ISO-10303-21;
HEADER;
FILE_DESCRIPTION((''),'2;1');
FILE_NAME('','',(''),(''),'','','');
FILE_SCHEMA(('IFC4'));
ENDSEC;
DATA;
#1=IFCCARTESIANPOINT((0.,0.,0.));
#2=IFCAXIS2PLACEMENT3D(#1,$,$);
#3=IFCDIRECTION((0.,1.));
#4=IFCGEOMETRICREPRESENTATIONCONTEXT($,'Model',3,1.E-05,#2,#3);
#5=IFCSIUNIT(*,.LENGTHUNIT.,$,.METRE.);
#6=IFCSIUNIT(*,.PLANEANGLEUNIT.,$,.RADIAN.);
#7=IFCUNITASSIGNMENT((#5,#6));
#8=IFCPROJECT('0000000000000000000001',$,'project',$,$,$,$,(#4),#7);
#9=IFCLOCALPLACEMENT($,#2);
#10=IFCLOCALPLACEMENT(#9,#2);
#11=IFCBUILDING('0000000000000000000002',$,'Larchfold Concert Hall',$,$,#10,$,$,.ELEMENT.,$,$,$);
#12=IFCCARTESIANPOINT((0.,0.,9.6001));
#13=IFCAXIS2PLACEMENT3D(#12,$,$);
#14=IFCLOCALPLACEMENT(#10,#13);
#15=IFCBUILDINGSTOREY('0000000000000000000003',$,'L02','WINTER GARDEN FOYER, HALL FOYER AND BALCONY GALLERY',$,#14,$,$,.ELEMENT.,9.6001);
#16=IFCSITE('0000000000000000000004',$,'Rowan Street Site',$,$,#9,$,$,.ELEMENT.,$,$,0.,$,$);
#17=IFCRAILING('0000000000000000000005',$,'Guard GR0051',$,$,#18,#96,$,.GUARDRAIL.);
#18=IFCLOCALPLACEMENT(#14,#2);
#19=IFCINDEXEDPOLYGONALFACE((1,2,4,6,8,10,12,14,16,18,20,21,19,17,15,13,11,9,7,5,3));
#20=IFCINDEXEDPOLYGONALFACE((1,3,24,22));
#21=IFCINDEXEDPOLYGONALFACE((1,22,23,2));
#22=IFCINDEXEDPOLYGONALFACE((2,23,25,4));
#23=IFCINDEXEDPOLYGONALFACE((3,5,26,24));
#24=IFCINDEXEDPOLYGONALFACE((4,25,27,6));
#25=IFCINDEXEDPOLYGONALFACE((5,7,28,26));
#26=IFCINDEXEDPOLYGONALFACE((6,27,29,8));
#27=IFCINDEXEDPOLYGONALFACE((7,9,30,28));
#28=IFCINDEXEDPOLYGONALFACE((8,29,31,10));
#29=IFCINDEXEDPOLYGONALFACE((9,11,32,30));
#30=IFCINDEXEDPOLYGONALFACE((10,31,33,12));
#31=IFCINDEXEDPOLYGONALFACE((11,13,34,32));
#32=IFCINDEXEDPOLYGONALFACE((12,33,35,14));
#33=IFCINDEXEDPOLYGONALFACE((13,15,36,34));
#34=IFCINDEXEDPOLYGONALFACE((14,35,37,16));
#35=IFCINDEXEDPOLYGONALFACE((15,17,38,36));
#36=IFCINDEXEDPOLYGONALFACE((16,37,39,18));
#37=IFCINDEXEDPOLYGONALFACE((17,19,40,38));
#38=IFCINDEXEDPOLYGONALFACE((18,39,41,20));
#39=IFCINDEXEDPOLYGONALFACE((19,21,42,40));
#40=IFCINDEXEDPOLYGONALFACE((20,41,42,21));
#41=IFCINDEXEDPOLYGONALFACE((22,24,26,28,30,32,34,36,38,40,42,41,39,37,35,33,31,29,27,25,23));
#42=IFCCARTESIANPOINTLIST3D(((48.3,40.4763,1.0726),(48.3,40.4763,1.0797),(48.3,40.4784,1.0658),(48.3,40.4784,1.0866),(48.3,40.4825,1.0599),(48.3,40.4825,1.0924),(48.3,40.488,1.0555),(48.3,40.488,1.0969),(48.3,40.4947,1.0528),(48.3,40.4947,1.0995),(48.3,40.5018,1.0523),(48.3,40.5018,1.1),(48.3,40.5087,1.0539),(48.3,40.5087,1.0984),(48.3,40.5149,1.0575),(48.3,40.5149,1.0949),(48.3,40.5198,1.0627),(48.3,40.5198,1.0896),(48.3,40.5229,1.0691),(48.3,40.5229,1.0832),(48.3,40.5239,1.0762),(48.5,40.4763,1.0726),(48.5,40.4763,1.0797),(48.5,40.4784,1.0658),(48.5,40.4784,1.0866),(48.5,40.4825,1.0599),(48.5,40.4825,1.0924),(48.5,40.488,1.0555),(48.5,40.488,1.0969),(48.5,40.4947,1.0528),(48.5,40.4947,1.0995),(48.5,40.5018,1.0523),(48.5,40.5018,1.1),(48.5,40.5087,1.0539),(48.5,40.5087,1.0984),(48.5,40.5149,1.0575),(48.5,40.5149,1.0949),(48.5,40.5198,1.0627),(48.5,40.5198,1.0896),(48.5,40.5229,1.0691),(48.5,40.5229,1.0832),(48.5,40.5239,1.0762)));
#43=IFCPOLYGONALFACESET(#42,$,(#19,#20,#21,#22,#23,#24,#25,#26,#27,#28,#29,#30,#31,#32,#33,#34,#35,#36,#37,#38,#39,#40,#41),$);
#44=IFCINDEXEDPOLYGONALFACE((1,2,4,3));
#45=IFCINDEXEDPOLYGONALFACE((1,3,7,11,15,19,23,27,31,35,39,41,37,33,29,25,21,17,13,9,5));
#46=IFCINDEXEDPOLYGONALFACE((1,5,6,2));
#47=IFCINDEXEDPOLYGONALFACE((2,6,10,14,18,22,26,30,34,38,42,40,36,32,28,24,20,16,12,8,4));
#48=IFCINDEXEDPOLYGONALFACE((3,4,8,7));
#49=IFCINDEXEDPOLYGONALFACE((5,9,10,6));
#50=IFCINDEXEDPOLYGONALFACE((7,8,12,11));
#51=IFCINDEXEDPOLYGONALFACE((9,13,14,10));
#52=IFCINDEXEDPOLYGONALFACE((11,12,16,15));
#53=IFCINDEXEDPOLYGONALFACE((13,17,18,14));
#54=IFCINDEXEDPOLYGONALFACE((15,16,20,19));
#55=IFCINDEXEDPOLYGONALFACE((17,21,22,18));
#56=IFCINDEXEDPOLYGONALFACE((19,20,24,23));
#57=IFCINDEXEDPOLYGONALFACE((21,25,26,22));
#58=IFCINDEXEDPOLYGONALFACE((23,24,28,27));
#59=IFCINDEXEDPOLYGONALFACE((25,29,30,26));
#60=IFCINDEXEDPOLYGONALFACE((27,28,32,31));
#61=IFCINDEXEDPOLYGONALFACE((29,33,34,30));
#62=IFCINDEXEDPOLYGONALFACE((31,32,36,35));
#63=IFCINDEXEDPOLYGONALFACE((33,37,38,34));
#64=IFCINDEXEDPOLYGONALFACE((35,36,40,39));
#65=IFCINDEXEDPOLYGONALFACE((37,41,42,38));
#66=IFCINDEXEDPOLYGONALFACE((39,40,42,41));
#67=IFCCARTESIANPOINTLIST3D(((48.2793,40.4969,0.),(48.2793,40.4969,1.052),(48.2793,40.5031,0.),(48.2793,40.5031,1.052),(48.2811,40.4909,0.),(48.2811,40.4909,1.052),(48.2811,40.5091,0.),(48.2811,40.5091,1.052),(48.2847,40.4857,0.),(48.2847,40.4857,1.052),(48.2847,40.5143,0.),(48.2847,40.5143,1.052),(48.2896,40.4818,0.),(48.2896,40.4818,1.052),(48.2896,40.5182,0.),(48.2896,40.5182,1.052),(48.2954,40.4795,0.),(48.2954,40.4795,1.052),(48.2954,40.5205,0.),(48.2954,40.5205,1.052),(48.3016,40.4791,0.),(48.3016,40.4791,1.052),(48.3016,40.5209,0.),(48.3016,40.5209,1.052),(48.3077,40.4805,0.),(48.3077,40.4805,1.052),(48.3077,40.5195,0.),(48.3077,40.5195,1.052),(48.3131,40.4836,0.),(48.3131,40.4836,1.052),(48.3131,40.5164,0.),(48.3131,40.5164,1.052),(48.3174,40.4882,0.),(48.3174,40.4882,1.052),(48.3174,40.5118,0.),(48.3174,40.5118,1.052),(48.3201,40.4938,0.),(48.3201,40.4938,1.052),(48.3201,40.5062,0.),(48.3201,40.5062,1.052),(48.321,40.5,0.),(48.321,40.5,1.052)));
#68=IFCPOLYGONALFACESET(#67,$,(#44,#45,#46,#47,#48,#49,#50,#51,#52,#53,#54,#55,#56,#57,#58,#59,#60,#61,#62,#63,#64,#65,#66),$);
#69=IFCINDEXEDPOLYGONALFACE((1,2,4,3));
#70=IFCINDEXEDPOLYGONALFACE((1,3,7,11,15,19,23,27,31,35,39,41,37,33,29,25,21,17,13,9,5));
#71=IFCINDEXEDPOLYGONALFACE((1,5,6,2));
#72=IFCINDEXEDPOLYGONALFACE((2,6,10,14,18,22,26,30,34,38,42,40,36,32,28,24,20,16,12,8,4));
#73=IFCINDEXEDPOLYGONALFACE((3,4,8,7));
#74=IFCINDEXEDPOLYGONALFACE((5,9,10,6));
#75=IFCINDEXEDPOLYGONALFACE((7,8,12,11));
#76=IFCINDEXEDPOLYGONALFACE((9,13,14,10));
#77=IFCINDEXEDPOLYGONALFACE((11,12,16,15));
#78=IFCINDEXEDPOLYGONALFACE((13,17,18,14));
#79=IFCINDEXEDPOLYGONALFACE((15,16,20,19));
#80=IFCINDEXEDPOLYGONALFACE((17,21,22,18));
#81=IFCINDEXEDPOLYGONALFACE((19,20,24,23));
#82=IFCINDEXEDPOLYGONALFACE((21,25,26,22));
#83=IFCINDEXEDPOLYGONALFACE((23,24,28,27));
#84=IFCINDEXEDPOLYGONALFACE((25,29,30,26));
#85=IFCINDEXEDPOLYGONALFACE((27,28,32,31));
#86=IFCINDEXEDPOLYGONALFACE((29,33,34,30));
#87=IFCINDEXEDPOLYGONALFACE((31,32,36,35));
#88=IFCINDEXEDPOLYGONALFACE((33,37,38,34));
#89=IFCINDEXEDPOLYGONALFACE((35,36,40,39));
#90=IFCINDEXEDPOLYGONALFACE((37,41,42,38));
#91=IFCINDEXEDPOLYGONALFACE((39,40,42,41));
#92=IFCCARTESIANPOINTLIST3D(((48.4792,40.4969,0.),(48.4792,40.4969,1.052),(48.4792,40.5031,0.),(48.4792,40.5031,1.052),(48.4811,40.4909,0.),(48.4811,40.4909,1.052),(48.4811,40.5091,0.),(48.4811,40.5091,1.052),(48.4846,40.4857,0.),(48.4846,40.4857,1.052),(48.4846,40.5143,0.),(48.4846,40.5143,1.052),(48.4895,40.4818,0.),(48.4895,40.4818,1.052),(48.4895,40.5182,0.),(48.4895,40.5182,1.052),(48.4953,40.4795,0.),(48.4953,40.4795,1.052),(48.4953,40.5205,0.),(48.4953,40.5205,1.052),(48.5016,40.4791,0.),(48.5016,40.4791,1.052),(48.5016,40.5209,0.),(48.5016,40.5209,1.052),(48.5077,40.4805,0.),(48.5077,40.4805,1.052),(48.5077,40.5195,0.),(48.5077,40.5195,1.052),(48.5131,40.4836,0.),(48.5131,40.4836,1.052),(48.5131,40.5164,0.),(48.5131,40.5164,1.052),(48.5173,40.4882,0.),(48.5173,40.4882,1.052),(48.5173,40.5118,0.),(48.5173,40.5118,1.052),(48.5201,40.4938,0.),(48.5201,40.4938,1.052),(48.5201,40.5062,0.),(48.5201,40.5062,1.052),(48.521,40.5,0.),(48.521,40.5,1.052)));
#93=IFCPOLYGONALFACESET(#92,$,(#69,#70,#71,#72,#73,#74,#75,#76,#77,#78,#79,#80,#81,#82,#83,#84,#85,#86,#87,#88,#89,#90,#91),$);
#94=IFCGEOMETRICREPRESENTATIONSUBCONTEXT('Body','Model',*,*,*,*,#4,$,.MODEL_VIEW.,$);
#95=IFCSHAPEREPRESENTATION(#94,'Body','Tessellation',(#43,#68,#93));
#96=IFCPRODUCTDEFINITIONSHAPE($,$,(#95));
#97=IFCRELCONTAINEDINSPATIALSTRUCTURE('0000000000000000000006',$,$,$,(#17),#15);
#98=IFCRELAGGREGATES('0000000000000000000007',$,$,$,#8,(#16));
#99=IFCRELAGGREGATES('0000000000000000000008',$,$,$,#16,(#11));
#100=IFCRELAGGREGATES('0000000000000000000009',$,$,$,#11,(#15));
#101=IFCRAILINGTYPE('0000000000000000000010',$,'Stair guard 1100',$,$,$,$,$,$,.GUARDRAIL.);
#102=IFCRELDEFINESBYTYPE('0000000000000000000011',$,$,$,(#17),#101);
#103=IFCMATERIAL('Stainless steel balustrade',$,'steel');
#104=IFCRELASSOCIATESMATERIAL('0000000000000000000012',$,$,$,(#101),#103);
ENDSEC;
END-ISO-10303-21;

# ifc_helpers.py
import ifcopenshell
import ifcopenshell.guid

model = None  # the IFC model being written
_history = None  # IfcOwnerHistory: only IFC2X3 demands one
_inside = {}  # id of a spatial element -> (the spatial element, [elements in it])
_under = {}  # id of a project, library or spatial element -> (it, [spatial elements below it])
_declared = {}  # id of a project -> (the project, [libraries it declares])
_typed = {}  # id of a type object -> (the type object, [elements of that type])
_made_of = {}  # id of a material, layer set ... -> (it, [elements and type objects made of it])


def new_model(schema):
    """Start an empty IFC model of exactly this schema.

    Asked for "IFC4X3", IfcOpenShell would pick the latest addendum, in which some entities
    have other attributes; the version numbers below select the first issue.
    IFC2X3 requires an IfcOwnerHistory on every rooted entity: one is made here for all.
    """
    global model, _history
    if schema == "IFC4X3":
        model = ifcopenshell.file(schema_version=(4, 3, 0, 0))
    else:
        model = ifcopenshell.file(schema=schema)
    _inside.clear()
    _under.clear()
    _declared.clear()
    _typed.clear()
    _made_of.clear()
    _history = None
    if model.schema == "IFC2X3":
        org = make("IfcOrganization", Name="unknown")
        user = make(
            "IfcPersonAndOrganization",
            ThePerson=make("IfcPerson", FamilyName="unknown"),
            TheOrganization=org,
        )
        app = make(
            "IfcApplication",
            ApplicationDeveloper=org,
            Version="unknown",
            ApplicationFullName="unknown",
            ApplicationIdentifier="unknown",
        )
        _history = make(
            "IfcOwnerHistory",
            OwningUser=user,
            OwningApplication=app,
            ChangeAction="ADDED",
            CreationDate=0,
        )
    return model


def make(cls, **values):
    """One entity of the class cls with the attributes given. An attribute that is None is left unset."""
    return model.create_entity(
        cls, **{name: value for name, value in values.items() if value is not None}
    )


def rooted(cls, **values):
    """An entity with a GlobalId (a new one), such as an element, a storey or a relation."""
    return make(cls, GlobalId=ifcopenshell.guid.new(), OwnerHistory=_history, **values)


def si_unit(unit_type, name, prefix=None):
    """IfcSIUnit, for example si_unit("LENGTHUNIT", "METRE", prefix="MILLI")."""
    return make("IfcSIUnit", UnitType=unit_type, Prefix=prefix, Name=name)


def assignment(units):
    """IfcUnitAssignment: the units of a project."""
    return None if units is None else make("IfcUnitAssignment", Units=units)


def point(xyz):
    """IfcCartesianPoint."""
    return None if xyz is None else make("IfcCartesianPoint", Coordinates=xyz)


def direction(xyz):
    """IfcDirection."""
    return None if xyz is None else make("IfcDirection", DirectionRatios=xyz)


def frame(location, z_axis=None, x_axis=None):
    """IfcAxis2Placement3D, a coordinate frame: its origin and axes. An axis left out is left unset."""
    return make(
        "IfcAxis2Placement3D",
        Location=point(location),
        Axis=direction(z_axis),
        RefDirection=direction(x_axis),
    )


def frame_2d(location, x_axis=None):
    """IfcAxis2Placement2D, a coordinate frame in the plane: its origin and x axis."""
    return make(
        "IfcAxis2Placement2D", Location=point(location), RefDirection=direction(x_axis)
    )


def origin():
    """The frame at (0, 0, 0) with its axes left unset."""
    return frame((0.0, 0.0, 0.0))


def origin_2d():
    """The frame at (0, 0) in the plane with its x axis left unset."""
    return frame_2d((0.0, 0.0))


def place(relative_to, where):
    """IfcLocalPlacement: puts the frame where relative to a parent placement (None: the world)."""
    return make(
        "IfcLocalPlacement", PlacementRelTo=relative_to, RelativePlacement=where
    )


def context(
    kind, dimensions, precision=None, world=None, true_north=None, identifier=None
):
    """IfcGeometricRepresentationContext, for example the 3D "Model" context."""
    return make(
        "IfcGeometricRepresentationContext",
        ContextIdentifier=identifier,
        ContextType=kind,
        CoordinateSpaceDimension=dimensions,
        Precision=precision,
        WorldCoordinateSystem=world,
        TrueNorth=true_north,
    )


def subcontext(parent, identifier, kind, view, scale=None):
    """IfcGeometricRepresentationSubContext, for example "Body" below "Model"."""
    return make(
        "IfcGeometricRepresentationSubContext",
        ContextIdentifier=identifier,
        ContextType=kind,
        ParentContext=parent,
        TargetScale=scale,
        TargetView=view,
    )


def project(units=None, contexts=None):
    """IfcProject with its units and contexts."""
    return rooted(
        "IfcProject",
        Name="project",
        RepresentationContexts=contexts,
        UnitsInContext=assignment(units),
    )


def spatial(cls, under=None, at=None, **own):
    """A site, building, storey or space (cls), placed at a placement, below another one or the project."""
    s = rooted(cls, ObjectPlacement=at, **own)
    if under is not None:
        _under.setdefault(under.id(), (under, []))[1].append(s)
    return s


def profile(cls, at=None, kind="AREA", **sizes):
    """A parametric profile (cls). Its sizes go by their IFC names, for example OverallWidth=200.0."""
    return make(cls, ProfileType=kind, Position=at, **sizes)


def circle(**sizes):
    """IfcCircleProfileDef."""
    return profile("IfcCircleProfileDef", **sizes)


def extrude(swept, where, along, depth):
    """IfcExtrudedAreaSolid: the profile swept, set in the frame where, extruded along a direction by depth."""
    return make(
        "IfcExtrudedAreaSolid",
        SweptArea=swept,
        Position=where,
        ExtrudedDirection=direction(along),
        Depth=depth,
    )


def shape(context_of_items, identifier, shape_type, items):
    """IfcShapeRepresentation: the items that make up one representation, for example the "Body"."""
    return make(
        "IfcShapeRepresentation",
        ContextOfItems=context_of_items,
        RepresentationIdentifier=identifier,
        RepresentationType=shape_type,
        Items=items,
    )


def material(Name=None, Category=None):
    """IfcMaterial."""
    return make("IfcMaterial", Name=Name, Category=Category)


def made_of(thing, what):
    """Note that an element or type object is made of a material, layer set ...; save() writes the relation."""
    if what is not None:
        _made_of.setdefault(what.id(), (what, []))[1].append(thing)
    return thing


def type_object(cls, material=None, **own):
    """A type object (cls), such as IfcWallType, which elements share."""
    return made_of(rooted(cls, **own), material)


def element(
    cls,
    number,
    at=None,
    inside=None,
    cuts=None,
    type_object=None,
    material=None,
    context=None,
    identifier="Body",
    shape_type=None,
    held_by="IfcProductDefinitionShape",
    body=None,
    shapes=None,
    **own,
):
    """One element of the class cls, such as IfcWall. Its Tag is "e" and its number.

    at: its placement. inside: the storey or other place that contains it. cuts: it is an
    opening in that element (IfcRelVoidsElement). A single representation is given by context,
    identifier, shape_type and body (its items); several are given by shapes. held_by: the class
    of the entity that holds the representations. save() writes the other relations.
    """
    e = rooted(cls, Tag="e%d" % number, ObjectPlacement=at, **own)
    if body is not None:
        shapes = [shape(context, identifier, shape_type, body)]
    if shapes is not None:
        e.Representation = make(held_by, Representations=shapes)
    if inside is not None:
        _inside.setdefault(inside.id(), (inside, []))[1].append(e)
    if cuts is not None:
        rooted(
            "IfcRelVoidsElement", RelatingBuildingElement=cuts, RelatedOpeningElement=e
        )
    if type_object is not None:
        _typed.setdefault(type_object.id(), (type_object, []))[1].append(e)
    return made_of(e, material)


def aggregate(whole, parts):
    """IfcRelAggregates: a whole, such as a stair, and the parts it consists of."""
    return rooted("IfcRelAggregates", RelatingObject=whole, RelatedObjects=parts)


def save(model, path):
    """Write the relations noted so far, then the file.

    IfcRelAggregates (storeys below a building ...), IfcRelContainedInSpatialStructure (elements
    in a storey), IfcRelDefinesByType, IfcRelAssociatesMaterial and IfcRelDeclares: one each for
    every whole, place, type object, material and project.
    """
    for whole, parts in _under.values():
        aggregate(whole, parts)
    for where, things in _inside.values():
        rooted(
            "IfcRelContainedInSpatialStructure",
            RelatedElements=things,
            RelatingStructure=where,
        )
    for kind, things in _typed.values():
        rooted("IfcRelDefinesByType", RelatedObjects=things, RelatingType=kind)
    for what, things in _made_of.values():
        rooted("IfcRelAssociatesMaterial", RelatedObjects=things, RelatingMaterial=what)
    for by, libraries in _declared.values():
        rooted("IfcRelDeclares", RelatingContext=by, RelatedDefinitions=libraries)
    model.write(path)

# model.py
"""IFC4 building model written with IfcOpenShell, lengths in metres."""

from ifc_helpers import new_model, si_unit, direction, frame, origin, origin_2d, place, context, subcontext, project, spatial, circle, extrude, material, type_object, element, save


model = new_model("IFC4")

# Units and contexts
model_context = context("Model", 3, precision=1e-05, world=origin(), true_north=direction((0.0, 1.0)))
body_context = subcontext(model_context, "Body", "Model", "MODEL_VIEW")
ifc_project = project(units=[si_unit("LENGTHUNIT", "METRE"), si_unit("PLANEANGLEUNIT", "RADIAN")], contexts=[model_context])

# Site, building, storey
site_placement = place(None, origin())
site = spatial("IfcSite", under=ifc_project, at=site_placement, Name="Rowan Street Site", CompositionType="ELEMENT", RefElevation=0.0)
building_placement = place(site_placement, origin())
building = spatial("IfcBuilding", under=site, at=building_placement, Name="Larchfold Concert Hall", CompositionType="ELEMENT")
storey_placement = place(building_placement, frame((0.0, 0.0, 9.6001)))
storey = spatial("IfcBuildingStorey", under=building, at=storey_placement, Name="L02", Description="WINTER GARDEN FOYER, HALL FOYER AND BALCONY GALLERY", CompositionType="ELEMENT", Elevation=9.6001)

# Railing
ifc_material_1 = material(Name="Stainless steel balustrade", Category="steel")
railing_type_1 = type_object("IfcRailingType", Name="Stair guard 1100", PredefinedType="GUARDRAIL", material=ifc_material_1)
railing_1_placement = place(storey_placement, frame((48.3, 40.5, 0.0)))
element("IfcRailing", 1, at=railing_1_placement, inside=storey, type_object=railing_type_1, Name="Guard GR0051", PredefinedType="GUARDRAIL", context=body_context, shape_type="SweptSolid", body=[
    extrude(circle(Radius=0.0239, at=origin_2d()), frame((0.0, 0.0, 1.0762), z_axis=(1.0, 0.0, 0.0), x_axis=(0.0, 1.0, 0.0)), (0.0, 0.0, 1.0), 0.2),
    extrude(circle(Radius=0.021, at=origin_2d()), origin(), (0.0, 0.0, 1.0), 1.052),
    extrude(circle(Radius=0.021, at=origin_2d()), frame((0.2, 0.0, 0.0)), (0.0, 0.0, 1.0), 1.052),
])

save(model, "model.ifc")
